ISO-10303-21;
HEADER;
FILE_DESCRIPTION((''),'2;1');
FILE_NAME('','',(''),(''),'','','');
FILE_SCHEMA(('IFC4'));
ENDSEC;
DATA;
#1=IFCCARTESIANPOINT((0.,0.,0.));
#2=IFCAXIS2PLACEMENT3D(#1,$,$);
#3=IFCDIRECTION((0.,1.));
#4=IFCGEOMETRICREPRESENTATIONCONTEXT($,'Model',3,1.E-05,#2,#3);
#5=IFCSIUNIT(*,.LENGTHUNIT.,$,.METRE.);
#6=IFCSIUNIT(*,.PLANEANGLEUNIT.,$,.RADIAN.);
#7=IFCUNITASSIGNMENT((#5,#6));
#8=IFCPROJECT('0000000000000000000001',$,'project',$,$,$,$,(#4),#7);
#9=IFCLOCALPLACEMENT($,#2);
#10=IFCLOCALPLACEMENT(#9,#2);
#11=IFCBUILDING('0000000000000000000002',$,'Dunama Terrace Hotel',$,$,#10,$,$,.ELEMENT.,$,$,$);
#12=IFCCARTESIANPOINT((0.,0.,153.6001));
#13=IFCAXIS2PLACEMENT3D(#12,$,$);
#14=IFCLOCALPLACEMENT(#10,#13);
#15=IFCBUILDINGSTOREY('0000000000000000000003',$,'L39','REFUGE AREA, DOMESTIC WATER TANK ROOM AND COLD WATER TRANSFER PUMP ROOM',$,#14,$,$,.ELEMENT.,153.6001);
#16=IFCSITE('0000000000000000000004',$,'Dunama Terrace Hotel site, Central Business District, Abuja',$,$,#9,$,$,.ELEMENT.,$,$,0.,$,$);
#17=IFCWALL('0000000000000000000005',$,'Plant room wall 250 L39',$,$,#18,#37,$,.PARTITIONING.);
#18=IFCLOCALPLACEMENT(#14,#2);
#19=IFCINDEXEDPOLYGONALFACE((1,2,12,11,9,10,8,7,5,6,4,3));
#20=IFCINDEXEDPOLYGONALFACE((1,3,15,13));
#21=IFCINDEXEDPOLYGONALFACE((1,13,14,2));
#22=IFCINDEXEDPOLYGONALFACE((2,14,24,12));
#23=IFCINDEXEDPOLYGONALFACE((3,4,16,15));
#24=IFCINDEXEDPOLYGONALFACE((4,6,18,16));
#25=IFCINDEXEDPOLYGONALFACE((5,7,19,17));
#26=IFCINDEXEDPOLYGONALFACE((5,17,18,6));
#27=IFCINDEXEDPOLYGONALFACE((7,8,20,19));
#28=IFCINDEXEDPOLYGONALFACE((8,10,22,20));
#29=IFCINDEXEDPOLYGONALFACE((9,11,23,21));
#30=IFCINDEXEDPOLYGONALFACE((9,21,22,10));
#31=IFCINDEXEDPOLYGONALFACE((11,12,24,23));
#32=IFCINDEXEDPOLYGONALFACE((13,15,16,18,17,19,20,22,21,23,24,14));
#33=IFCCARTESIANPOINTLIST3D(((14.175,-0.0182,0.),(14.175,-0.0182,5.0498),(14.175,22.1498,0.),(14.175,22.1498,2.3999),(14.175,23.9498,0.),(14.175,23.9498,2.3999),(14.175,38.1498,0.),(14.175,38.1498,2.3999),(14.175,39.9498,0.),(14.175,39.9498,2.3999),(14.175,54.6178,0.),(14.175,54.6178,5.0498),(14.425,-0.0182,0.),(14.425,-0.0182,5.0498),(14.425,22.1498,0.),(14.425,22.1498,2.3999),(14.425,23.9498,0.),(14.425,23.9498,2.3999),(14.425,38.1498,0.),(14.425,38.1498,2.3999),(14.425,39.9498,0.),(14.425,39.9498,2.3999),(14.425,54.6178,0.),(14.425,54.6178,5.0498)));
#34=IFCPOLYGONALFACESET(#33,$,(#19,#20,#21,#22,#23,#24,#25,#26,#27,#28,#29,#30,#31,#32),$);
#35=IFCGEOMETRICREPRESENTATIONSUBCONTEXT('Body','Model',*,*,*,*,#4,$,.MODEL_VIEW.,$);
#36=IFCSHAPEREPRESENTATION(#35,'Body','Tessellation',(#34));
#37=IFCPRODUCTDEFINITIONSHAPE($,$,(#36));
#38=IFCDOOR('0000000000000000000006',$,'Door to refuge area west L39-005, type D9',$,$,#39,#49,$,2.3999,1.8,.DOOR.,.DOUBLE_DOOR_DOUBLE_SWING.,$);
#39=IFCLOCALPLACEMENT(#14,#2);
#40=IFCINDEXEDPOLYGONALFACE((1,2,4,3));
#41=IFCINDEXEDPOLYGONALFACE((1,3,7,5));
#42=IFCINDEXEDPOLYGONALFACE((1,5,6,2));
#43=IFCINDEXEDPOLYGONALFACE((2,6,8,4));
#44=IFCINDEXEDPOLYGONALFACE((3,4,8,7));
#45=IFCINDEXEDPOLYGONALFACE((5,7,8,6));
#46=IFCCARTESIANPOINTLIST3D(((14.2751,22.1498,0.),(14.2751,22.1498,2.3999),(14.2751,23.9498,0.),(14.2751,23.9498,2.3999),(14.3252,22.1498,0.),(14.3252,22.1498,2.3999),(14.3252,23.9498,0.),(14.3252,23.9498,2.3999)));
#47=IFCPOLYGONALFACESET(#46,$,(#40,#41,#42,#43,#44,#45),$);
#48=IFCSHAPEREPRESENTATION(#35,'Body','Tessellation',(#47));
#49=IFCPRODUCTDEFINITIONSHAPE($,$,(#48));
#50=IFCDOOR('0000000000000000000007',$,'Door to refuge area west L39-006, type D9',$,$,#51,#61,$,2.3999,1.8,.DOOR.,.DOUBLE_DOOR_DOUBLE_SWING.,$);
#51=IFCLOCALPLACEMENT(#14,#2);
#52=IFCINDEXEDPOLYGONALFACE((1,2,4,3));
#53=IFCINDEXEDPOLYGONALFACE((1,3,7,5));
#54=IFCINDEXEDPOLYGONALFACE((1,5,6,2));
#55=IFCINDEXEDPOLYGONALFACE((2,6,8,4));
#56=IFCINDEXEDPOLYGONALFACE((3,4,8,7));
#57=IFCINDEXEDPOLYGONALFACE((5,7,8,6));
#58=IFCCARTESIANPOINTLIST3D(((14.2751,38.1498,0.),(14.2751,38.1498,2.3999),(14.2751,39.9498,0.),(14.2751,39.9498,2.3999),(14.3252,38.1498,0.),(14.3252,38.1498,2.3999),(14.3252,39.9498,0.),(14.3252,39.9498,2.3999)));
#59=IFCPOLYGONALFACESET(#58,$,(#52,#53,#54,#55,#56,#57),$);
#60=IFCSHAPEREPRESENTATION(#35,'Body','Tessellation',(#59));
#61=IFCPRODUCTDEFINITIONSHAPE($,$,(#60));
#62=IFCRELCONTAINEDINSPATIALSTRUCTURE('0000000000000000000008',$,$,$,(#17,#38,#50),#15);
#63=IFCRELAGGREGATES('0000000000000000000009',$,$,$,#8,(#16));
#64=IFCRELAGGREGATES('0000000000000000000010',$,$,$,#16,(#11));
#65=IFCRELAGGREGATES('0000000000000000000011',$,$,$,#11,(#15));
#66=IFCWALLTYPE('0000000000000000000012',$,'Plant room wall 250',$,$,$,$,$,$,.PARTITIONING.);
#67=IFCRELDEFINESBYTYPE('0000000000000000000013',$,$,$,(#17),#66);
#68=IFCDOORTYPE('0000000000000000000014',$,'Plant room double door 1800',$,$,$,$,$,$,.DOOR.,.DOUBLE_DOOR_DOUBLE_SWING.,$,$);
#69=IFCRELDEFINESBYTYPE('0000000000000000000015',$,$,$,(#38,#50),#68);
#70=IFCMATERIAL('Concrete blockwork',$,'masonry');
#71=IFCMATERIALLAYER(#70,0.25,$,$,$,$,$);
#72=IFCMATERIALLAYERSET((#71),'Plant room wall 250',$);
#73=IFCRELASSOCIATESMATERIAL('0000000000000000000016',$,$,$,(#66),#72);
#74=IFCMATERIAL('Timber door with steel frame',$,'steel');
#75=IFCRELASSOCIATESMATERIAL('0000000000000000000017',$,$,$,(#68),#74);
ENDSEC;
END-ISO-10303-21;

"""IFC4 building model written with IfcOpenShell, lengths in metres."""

from ifc_helpers import new_model, si_unit, direction, frame, frame_2d, origin, place, context, subcontext, project, spatial, rectangle, extrude, material, layer, layer_set, type_object, element, fill, save


model = new_model("IFC4")

# Units and contexts
model_context = context("Model", 3, precision=1e-05, world=origin(), true_north=direction((0.0, 1.0)))
body_context = subcontext(model_context, "Body", "Model", "MODEL_VIEW")
ifc_project = project(units=[si_unit("LENGTHUNIT", "METRE"), si_unit("PLANEANGLEUNIT", "RADIAN")], contexts=[model_context])

# Site, building, storey
site_placement = place(None, origin())
site = spatial("IfcSite", under=ifc_project, at=site_placement, Name="Dunama Terrace Hotel site, Central Business District, Abuja", CompositionType="ELEMENT", RefElevation=0.0)
building_placement = place(site_placement, origin())
building = spatial("IfcBuilding", under=site, at=building_placement, Name="Dunama Terrace Hotel", CompositionType="ELEMENT")
storey_placement = place(building_placement, frame((0.0, 0.0, 153.6001)))
storey = spatial("IfcBuildingStorey", under=building, at=storey_placement, Name="L39", Description="REFUGE AREA, DOMESTIC WATER TANK ROOM AND COLD WATER TRANSFER PUMP ROOM", CompositionType="ELEMENT", Elevation=153.6001)

# Wall, openings, doors
ifc_material_1 = material(Name="Concrete blockwork", Category="masonry")
ifc_layer_1 = layer(ifc_material_1, 0.25)
ifc_layer_set_1 = layer_set([ifc_layer_1], Name="Plant room wall 250")
wall_type = type_object("IfcWallType", Name="Plant room wall 250", PredefinedType="PARTITIONING", material=ifc_layer_set_1)
wall_placement = place(storey_placement, frame((14.3, -0.0181, 0.0), z_axis=(0.0, 0.0, 1.0), x_axis=(0.0, 1.0, 0.0)))
wall = element("IfcWall", 1, at=wall_placement, inside=storey, type_object=wall_type, Name="Plant room wall 250 L39", PredefinedType="PARTITIONING", context=body_context, shape_type="SweptSolid", body=[
    extrude(rectangle(XDim=54.636, YDim=0.25, at=frame_2d((27.3179, 0.0))), origin(), (0.0, 0.0, 1.0), 5.0498),
])
opening_1_placement = place(wall_placement, frame((22.168, 0.0, 0.0)))
opening_1 = element("IfcOpeningElement", 2, at=opening_1_placement, cuts=wall, PredefinedType="OPENING", context=body_context, shape_type="SweptSolid", body=[
    extrude(rectangle(XDim=1.8, YDim=2.3999, at=frame_2d((0.8999, 1.2))), frame((0.0, 0.135, 0.0), z_axis=(0.0, -1.0, 0.0), x_axis=(1.0, 0.0, 0.0)), (0.0, 0.0, 1.0), 0.27),
])
opening_2_placement = place(wall_placement, frame((38.168, 0.0, 0.0)))
opening_2 = element("IfcOpeningElement", 3, at=opening_2_placement, cuts=wall, PredefinedType="OPENING", context=body_context, shape_type="SweptSolid", body=[
    extrude(rectangle(XDim=1.8, YDim=2.3999, at=frame_2d((0.8999, 1.2))), frame((0.0, 0.135, 0.0), z_axis=(0.0, -1.0, 0.0), x_axis=(1.0, 0.0, 0.0)), (0.0, 0.0, 1.0), 0.27),
])
ifc_material_2 = material(Name="Timber door with steel frame", Category="steel")
door_type = type_object("IfcDoorType", Name="Plant room double door 1800", OperationType="DOUBLE_DOOR_DOUBLE_SWING", PredefinedType="DOOR", material=ifc_material_2)
door_1_placement = place(opening_1_placement, origin())
door_1 = element("IfcDoor", 4, at=door_1_placement, inside=storey, type_object=door_type, Name="Door to refuge area west L39-005, type D9", OperationType="DOUBLE_DOOR_DOUBLE_SWING", OverallHeight=2.3999, OverallWidth=1.8, PredefinedType="DOOR", context=body_context, shape_type="SweptSolid", body=[
    extrude(rectangle(XDim=1.8, YDim=2.3999, at=frame_2d((0.8999, 1.2))), frame((0.0, 0.0249, 0.0), z_axis=(0.0, -1.0, 0.0), x_axis=(1.0, 0.0, 0.0)), (0.0, 0.0, 1.0), 0.05),
])
fill(opening_1, door_1)
door_2_placement = place(opening_2_placement, origin())
door_2 = element("IfcDoor", 5, at=door_2_placement, inside=storey, type_object=door_type, Name="Door to refuge area west L39-006, type D9", OperationType="DOUBLE_DOOR_DOUBLE_SWING", OverallHeight=2.3999, OverallWidth=1.8, PredefinedType="DOOR", context=body_context, shape_type="SweptSolid", body=[
    extrude(rectangle(XDim=1.8, YDim=2.3999, at=frame_2d((0.8999, 1.2))), frame((0.0, 0.0249, 0.0), z_axis=(0.0, -1.0, 0.0), x_axis=(1.0, 0.0, 0.0)), (0.0, 0.0, 1.0), 0.05),
])
fill(opening_2, door_2)

save(model, "model.ifc")
